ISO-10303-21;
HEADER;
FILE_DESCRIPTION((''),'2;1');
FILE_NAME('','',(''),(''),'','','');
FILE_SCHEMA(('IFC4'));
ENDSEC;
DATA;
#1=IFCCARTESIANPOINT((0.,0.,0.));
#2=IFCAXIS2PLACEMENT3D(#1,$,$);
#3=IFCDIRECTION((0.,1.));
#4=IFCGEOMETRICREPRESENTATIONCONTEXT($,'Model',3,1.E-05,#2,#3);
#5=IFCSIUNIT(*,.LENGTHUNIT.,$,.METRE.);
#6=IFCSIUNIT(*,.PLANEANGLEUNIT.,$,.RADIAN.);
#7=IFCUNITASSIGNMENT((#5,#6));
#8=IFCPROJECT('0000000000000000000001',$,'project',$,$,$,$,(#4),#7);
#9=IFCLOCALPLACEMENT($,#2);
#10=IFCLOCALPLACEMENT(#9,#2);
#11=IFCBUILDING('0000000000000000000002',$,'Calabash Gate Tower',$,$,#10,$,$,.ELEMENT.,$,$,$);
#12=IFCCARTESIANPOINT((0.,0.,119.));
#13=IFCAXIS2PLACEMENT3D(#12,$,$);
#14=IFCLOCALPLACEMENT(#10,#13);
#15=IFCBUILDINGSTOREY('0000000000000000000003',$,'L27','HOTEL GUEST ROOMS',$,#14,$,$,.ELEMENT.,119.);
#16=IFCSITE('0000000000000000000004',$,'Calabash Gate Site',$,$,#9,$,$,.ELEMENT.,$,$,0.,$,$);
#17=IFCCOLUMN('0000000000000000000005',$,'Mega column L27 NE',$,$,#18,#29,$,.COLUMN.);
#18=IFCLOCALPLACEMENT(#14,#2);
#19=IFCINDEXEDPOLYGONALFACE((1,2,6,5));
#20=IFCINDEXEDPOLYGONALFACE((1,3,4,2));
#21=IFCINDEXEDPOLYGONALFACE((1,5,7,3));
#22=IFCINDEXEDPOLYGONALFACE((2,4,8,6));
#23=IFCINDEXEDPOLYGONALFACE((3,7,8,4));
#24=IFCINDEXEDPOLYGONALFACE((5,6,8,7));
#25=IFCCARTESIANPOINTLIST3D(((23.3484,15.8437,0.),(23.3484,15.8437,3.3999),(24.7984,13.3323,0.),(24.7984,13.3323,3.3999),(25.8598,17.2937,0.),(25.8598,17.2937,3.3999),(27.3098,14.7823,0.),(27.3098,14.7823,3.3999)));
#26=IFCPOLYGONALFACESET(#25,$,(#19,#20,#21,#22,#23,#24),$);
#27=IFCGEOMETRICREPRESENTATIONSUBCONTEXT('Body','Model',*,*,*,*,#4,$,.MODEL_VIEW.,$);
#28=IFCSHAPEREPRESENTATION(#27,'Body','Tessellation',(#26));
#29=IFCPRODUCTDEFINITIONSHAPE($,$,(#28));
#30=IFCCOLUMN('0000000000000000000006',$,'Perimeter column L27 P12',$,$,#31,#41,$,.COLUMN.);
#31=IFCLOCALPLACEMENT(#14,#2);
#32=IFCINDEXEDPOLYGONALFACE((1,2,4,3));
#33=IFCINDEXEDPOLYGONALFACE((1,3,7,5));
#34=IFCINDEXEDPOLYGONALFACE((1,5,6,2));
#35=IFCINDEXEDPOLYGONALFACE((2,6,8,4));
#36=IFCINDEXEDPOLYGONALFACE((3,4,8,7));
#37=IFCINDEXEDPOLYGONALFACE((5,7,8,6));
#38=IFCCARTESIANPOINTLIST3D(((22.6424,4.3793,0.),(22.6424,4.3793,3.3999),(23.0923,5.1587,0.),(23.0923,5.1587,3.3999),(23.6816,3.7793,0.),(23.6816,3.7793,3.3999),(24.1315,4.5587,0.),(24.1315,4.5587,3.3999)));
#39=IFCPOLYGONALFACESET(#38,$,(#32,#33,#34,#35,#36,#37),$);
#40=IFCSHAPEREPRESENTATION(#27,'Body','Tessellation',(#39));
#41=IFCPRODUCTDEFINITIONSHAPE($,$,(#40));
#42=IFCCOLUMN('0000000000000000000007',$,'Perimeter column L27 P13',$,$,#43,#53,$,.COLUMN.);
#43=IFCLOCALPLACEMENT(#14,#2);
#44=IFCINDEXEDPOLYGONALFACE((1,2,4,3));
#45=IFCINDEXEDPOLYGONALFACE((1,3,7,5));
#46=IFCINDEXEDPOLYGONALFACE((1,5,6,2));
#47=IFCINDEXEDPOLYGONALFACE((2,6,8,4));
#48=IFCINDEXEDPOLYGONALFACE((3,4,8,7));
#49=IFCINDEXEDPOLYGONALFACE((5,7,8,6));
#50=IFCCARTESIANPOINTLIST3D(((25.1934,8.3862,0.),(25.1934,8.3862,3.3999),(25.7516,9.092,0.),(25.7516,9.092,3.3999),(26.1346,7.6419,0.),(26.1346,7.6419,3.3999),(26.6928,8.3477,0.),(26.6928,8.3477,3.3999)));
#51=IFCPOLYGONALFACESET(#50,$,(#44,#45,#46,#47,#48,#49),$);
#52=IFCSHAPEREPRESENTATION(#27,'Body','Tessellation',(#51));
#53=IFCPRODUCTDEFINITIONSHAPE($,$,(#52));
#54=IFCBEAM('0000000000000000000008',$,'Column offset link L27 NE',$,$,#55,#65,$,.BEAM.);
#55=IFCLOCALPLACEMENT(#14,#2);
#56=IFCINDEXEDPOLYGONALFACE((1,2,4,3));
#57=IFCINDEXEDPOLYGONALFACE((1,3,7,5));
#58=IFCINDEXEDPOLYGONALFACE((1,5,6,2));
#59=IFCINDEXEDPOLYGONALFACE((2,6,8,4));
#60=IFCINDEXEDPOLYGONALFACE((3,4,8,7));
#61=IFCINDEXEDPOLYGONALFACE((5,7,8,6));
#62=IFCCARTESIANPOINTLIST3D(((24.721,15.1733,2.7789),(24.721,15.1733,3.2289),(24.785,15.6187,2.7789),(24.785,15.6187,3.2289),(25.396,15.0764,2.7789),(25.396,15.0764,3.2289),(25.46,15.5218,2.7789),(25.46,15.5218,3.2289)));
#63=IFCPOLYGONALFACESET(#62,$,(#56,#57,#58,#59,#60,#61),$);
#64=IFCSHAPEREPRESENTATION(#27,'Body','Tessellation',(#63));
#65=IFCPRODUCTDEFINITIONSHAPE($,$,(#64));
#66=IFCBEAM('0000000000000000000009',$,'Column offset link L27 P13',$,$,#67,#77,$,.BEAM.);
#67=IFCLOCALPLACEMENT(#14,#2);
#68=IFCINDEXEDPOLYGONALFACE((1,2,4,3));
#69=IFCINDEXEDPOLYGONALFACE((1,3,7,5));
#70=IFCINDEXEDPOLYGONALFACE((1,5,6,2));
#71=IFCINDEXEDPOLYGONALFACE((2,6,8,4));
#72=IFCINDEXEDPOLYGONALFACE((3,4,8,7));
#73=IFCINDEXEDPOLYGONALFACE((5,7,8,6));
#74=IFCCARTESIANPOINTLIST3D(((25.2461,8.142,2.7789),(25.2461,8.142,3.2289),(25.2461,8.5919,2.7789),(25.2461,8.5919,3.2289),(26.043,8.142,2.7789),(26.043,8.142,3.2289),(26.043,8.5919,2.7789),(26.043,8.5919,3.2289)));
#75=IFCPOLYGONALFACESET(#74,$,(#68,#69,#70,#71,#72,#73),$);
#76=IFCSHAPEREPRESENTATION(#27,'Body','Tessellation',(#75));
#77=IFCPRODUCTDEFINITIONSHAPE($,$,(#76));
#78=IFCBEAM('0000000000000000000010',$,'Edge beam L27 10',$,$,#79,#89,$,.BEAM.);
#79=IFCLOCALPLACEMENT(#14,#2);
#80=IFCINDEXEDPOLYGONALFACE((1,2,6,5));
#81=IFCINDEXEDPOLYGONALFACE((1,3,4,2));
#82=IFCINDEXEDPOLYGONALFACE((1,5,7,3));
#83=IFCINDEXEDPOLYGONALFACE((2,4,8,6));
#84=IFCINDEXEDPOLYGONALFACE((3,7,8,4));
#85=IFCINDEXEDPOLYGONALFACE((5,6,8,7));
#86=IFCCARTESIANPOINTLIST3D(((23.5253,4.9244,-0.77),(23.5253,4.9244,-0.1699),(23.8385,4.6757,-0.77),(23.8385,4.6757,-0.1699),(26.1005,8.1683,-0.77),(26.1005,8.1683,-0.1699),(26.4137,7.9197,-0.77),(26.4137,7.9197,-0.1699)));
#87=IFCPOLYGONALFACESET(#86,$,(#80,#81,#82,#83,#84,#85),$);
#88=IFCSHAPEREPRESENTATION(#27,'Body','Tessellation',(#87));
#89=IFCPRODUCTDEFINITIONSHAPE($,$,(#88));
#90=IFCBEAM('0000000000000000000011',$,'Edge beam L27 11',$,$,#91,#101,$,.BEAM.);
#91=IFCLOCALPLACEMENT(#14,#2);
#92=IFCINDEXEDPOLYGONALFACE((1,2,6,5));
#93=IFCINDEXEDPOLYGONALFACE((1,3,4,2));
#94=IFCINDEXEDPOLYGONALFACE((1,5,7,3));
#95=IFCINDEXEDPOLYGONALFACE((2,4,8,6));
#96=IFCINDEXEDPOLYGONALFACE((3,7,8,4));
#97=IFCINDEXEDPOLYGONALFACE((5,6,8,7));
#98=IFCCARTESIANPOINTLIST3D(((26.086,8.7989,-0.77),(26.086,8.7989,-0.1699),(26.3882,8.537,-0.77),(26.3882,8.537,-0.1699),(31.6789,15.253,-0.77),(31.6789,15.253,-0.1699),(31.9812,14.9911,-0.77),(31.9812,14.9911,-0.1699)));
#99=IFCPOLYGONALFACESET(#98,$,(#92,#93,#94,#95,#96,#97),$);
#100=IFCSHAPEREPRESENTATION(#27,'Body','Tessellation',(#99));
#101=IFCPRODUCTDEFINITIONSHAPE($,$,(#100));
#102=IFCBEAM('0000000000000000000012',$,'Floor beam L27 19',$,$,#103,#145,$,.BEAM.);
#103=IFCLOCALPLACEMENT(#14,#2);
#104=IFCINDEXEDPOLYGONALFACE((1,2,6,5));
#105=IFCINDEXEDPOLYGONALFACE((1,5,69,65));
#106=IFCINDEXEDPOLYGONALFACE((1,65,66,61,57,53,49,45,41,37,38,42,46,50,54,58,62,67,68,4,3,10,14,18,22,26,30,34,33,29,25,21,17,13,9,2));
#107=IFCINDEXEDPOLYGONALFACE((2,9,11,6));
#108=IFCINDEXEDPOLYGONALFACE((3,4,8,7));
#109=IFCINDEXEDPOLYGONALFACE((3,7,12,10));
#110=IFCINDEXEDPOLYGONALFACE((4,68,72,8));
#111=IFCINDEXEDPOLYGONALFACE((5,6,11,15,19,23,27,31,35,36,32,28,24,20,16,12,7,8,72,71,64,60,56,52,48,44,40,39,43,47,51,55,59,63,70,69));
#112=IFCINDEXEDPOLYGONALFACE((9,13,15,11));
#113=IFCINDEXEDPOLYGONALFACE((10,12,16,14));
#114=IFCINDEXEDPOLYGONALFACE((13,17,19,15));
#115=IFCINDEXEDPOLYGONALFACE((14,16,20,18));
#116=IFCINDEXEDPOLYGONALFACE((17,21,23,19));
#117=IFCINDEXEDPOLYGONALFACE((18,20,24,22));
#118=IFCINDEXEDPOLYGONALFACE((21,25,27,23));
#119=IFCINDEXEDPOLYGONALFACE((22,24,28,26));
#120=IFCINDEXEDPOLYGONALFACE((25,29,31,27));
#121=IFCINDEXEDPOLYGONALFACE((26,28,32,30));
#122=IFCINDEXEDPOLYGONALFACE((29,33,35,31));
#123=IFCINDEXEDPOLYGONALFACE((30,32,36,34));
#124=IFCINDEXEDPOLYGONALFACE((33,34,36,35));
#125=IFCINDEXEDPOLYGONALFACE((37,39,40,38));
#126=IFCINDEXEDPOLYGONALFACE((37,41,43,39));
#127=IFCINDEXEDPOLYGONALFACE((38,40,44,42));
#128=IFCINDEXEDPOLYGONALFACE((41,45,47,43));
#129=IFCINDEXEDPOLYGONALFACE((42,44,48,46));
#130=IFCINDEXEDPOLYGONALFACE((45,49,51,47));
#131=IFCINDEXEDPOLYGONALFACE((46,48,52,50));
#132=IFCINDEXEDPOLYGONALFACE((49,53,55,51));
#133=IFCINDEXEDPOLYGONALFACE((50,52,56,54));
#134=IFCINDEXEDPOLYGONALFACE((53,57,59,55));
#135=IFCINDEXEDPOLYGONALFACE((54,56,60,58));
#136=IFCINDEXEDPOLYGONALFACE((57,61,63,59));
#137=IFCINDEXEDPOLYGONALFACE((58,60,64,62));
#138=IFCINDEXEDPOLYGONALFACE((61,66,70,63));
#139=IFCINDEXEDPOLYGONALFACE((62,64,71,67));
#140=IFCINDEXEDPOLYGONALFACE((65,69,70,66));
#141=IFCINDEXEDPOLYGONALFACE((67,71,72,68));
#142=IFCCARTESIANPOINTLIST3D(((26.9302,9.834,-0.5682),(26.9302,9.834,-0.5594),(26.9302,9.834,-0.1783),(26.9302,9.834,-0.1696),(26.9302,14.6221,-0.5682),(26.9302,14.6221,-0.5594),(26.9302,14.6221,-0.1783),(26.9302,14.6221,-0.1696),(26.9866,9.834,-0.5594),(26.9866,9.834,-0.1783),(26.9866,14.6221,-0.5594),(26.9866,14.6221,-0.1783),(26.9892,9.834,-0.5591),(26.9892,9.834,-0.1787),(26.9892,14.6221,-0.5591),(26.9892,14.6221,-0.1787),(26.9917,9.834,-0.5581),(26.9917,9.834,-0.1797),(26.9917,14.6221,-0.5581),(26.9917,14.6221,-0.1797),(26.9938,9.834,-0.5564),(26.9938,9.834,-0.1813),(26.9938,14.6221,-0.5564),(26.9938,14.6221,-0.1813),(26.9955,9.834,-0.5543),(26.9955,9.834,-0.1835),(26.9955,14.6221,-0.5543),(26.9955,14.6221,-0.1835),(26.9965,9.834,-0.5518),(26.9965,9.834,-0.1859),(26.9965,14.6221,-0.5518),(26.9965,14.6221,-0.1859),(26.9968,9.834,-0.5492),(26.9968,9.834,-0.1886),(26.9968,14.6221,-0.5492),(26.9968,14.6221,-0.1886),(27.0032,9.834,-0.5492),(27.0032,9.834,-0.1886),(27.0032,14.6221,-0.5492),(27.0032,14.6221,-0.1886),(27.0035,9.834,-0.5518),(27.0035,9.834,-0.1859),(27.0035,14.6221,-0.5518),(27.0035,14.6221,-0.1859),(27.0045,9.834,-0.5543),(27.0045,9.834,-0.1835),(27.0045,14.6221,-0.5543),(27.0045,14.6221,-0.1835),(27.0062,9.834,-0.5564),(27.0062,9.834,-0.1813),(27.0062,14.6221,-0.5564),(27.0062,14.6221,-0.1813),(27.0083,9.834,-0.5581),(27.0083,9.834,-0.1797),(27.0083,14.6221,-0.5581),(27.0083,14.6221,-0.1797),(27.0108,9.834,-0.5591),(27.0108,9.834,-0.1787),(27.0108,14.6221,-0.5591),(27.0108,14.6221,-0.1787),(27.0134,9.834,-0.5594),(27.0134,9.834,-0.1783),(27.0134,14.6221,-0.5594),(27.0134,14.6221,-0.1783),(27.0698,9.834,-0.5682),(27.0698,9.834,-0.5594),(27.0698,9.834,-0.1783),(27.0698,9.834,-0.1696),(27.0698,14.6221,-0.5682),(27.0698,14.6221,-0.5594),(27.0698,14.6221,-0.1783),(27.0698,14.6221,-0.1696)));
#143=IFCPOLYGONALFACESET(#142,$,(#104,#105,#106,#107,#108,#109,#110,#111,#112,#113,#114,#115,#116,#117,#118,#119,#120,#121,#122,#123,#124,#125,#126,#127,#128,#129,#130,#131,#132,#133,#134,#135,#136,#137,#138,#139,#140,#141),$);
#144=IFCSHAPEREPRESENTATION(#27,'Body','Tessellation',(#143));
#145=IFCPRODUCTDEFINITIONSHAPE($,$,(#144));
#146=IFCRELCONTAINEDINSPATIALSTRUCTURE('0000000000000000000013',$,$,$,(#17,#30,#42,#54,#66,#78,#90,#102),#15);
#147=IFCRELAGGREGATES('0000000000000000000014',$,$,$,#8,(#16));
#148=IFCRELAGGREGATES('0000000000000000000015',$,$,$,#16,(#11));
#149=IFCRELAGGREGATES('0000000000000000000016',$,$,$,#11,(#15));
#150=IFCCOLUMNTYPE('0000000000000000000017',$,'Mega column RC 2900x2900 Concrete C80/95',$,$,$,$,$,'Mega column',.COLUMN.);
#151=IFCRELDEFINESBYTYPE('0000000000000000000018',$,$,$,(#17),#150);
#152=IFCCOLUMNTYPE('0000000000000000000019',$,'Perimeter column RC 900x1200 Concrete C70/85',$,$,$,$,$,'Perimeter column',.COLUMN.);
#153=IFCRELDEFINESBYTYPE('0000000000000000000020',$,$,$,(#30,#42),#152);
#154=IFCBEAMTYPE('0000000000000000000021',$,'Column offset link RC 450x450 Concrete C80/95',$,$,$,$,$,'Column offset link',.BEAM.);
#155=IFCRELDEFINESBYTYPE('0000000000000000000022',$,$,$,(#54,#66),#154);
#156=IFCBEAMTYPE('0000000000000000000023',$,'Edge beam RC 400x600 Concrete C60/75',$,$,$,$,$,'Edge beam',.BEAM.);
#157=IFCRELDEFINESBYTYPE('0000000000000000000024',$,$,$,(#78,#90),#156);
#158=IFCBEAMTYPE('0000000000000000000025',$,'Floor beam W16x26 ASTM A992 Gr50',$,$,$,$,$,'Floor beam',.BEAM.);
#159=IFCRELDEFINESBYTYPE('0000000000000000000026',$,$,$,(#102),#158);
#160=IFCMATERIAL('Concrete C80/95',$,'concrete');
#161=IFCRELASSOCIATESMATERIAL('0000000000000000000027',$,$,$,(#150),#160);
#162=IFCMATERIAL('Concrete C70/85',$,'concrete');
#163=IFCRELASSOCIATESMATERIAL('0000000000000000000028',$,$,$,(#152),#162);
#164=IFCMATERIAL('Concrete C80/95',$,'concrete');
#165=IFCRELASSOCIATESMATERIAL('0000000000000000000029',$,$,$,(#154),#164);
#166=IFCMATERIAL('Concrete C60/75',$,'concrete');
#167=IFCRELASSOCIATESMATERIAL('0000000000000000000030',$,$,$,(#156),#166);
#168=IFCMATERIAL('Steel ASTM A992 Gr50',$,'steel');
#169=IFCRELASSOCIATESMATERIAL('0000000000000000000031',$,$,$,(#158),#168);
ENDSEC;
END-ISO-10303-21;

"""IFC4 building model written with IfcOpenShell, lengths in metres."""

from ifc_helpers import new_model, si_unit, direction, frame, origin, origin_2d, place, context, subcontext, project, spatial, rectangle, i_section, extrude, material, material_profile, profile_set, type_object, element, save


model = new_model("IFC4")

# Units and contexts
model_context = context("Model", 3, precision=1e-05, world=origin(), true_north=direction((0.0, 1.0)))
body_context = subcontext(model_context, "Body", "Model", "MODEL_VIEW")
ifc_project = project(units=[si_unit("LENGTHUNIT", "METRE"), si_unit("PLANEANGLEUNIT", "RADIAN")], contexts=[model_context])

# Site, building, storey
site_placement = place(None, origin())
site = spatial("IfcSite", under=ifc_project, at=site_placement, Name="Calabash Gate Site", CompositionType="ELEMENT", RefElevation=0.0)
building_placement = place(site_placement, origin())
building = spatial("IfcBuilding", under=site, at=building_placement, Name="Calabash Gate Tower", CompositionType="ELEMENT")
storey_placement = place(building_placement, frame((0.0, 0.0, 119.0)))
storey = spatial("IfcBuildingStorey", under=building, at=storey_placement, Name="L27", Description="HOTEL GUEST ROOMS", CompositionType="ELEMENT", Elevation=119.0)

# Columns
ifc_material_1 = material(Name="Concrete C80/95", Category="concrete")
ifc_material_profile_1 = material_profile(ifc_material_1, rectangle(XDim=2.8999, YDim=2.8999, at=origin_2d()))
ifc_profile_set_1 = profile_set([ifc_material_profile_1], Name="Concrete C80/95")
column_type_1 = type_object("IfcColumnType", Name="Mega column RC 2900x2900 Concrete C80/95", ElementType="Mega column", PredefinedType="COLUMN", material=ifc_profile_set_1)
column_placement = place(storey_placement, frame((25.3291, 15.313, 0.0), z_axis=(0.0, 0.0, 1.0), x_axis=(-0.866025, -0.5, 0.0)))
element("IfcColumn", 1, at=column_placement, inside=storey, type_object=column_type_1, Name="Mega column L27 NE", PredefinedType="COLUMN", context=body_context, shape_type="SweptSolid", body=[
    extrude(rectangle(XDim=2.8999, YDim=2.8999, at=origin_2d()), origin(), (0.0, 0.0, 1.0), 3.3999),
])
ifc_material_2 = material(Name="Concrete C70/85", Category="concrete")
ifc_material_profile_2 = material_profile(ifc_material_2, rectangle(XDim=0.8999, YDim=1.2, at=origin_2d()))
ifc_profile_set_2 = profile_set([ifc_material_profile_2], Name="Concrete C70/85")
column_type_2 = type_object("IfcColumnType", Name="Perimeter column RC 900x1200 Concrete C70/85", ElementType="Perimeter column", PredefinedType="COLUMN", material=ifc_profile_set_2)
for number, where, z_axis, x_axis, name in (
    (2, (23.387, 4.469, 0.0), (0.0, 0.0, 1.0), (0.5, 0.866025, 0.0), "Perimeter column L27 P12"),
    (3, (25.9431, 8.3669, 0.0), (0.0, 0.0, 1.0), (0.620301, 0.784364, 0.0), "Perimeter column L27 P13"),
):
    element("IfcColumn", number, at=place(storey_placement, frame(where, z_axis=z_axis, x_axis=x_axis)), inside=storey, type_object=column_type_2, Name=name, PredefinedType="COLUMN", context=body_context, shape_type="SweptSolid", body=[
        extrude(rectangle(XDim=0.8999, YDim=1.2, at=origin_2d()), origin(), (0.0, 0.0, 1.0), 3.3999),
    ])

# Beams
ifc_material_3 = material(Name="Concrete C80/95", Category="concrete")
ifc_material_profile_3 = material_profile(ifc_material_3, rectangle(XDim=0.45, YDim=0.45, at=origin_2d()))
ifc_profile_set_3 = profile_set([ifc_material_profile_3], Name="Concrete C80/95")
beam_type_1 = type_object("IfcBeamType", Name="Column offset link RC 450x450 Concrete C80/95", ElementType="Column offset link", PredefinedType="BEAM", material=ifc_profile_set_3)
beam_1_placement = place(storey_placement, frame((25.428, 15.2991, 3.0039), z_axis=(-0.989849, 0.142123, 0.0), x_axis=(-0.142123, -0.989849, 0.0)))
element("IfcBeam", 4, at=beam_1_placement, inside=storey, type_object=beam_type_1, Name="Column offset link L27 NE", PredefinedType="BEAM", context=body_context, shape_type="SweptSolid", body=[
    extrude(rectangle(XDim=0.45, YDim=0.45, at=origin_2d()), origin(), (0.0, 0.0, 1.0), 0.6819),
])
beam_2_placement = place(storey_placement, frame((26.043, 8.3669, 3.0039), z_axis=(-1.0, 0.0, 0.0), x_axis=(0.0, -1.0, 0.0)))
element("IfcBeam", 5, at=beam_2_placement, inside=storey, type_object=beam_type_1, Name="Column offset link L27 P13", PredefinedType="BEAM", context=body_context, shape_type="SweptSolid", body=[
    extrude(rectangle(XDim=0.45, YDim=0.45, at=origin_2d()), origin(), (0.0, 0.0, 1.0), 0.7969),
])
ifc_material_4 = material(Name="Concrete C60/75", Category="concrete")
ifc_material_profile_4 = material_profile(ifc_material_4, rectangle(XDim=0.3999, YDim=0.6001, at=origin_2d()))
ifc_profile_set_4 = profile_set([ifc_material_profile_4], Name="Concrete C60/75")
beam_type_2 = type_object("IfcBeamType", Name="Edge beam RC 400x600 Concrete C60/75", ElementType="Edge beam", PredefinedType="BEAM", material=ifc_profile_set_4)
beam_3_placement = place(storey_placement, frame((23.6819, 4.8, -0.47), z_axis=(0.621758, 0.78321, 0.0), x_axis=(-0.78321, 0.621758, 0.0)))
element("IfcBeam", 6, at=beam_3_placement, inside=storey, type_object=beam_type_2, Name="Edge beam L27 10", PredefinedType="BEAM", context=body_context, shape_type="SweptSolid", body=[
    extrude(rectangle(XDim=0.3999, YDim=0.6001, at=origin_2d()), origin(), (0.0, 0.0, 1.0), 4.1418),
])
beam_4_placement = place(storey_placement, frame((26.2371, 8.668, -0.47), z_axis=(0.654895, 0.75572, 0.0), x_axis=(-0.75572, 0.654895, 0.0)))
element("IfcBeam", 7, at=beam_4_placement, inside=storey, type_object=beam_type_2, Name="Edge beam L27 11", PredefinedType="BEAM", context=body_context, shape_type="SweptSolid", body=[
    extrude(rectangle(XDim=0.3999, YDim=0.6001, at=origin_2d()), origin(), (0.0, 0.0, 1.0), 8.5403),
])
ifc_material_5 = material(Name="Steel ASTM A992 Gr50", Category="steel")
ifc_material_profile_5 = material_profile(ifc_material_5, i_section(OverallWidth=0.1396, OverallDepth=0.3987, WebThickness=0.0063, FlangeThickness=0.0088, FilletRadius=0.0103, at=origin_2d()))
ifc_profile_set_5 = profile_set([ifc_material_profile_5], Name="Steel ASTM A992 Gr50")
beam_type_3 = type_object("IfcBeamType", Name="Floor beam W16x26 ASTM A992 Gr50", ElementType="Floor beam", PredefinedType="BEAM", material=ifc_profile_set_5)
beam_5_placement = place(storey_placement, frame((27.0, 9.834, -0.3689), z_axis=(0.0, 1.0, 0.0), x_axis=(-1.0, 0.0, 0.0)))
element("IfcBeam", 8, at=beam_5_placement, inside=storey, type_object=beam_type_3, Name="Floor beam L27 19", PredefinedType="BEAM", context=body_context, shape_type="SweptSolid", body=[
    extrude(i_section(OverallWidth=0.1396, OverallDepth=0.3987, WebThickness=0.0063, FlangeThickness=0.0088, FilletRadius=0.0103, at=origin_2d()), origin(), (0.0, 0.0, 1.0), 4.7881),
])

save(model, "model.ifc")
